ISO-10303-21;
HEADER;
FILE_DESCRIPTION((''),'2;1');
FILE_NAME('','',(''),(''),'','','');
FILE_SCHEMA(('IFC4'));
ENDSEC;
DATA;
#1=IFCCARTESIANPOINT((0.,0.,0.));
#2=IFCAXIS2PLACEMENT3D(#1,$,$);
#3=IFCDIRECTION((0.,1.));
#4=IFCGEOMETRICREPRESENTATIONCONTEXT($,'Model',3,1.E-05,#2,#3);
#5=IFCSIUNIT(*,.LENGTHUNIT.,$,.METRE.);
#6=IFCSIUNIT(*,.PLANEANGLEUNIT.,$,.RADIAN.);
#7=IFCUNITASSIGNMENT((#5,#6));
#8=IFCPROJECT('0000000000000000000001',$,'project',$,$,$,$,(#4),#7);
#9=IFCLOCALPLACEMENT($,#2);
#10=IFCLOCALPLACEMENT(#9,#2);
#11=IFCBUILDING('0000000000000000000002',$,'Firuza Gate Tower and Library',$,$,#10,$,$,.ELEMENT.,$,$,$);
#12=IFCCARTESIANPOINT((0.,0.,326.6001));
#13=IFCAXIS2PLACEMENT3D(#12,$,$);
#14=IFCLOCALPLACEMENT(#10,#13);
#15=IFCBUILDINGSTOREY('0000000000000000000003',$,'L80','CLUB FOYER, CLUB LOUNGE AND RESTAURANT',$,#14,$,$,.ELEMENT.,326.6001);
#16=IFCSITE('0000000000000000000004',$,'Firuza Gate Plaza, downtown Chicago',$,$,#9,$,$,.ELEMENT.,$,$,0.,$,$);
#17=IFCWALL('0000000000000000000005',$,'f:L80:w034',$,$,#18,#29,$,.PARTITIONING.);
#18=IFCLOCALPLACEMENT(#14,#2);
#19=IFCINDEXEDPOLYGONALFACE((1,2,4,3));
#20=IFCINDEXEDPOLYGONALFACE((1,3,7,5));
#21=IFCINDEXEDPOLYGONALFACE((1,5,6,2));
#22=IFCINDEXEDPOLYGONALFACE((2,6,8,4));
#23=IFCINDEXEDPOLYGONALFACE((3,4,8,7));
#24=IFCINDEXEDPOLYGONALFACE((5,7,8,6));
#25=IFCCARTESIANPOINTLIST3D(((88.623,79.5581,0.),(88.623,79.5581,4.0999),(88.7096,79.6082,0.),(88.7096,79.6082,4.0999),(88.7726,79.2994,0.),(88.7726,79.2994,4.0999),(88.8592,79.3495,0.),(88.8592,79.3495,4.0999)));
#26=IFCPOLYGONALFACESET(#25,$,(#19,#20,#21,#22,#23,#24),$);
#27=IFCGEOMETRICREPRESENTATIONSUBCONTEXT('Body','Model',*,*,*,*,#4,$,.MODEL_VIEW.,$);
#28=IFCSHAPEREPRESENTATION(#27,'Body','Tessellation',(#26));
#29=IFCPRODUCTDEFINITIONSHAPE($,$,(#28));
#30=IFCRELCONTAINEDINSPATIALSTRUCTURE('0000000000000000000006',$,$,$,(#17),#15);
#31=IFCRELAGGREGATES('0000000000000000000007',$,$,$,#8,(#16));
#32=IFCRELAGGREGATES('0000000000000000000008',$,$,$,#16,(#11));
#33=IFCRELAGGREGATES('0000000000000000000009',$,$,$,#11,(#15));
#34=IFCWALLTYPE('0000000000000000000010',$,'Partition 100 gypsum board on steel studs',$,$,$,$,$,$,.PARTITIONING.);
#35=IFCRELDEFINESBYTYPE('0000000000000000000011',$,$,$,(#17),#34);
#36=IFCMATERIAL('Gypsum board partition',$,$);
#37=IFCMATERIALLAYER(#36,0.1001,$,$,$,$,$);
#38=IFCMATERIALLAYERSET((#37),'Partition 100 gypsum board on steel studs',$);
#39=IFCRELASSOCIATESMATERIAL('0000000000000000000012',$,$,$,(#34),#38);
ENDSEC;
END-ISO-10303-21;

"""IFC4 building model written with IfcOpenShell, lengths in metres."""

from ifc_helpers import new_model, si_unit, direction, frame, frame_2d, origin, place, context, subcontext, project, spatial, rectangle, extrude, material, layer, layer_set, type_object, element, save


model = new_model("IFC4")

# Units and contexts
model_context = context("Model", 3, precision=1e-05, world=origin(), true_north=direction((0.0, 1.0)))
body_context = subcontext(model_context, "Body", "Model", "MODEL_VIEW")
ifc_project = project(units=[si_unit("LENGTHUNIT", "METRE"), si_unit("PLANEANGLEUNIT", "RADIAN")], contexts=[model_context])

# Site, building, storey
site_placement = place(None, origin())
site = spatial("IfcSite", under=ifc_project, at=site_placement, Name="Firuza Gate Plaza, downtown Chicago", CompositionType="ELEMENT", RefElevation=0.0)
building_placement = place(site_placement, origin())
building = spatial("IfcBuilding", under=site, at=building_placement, Name="Firuza Gate Tower and Library", CompositionType="ELEMENT")
storey_placement = place(building_placement, frame((0.0, 0.0, 326.6001)))
storey = spatial("IfcBuildingStorey", under=building, at=storey_placement, Name="L80", Description="CLUB FOYER, CLUB LOUNGE AND RESTAURANT", CompositionType="ELEMENT", Elevation=326.6001)

# Wall
ifc_material_1 = material(Name="Gypsum board partition")
ifc_layer_1 = layer(ifc_material_1, 0.1001)
ifc_layer_set_1 = layer_set([ifc_layer_1], Name="Partition 100 gypsum board on steel studs")
wall_type = type_object("IfcWallType", Name="Partition 100 gypsum board on steel studs", PredefinedType="PARTITIONING", material=ifc_layer_set_1)
wall_1_placement = place(storey_placement, frame((88.8159, 79.3245, 0.0), z_axis=(0.0, 0.0, 1.0), x_axis=(-0.500618, 0.865668, 0.0)))
element("IfcWall", 1, at=wall_1_placement, inside=storey, type_object=wall_type, Name="f:L80:w034", PredefinedType="PARTITIONING", context=body_context, shape_type="SweptSolid", body=[
    extrude(rectangle(XDim=0.2988, YDim=0.1001, at=frame_2d((0.1494, 0.0))), origin(), (0.0, 0.0, 1.0), 4.0999),
])

save(model, "model.ifc")
